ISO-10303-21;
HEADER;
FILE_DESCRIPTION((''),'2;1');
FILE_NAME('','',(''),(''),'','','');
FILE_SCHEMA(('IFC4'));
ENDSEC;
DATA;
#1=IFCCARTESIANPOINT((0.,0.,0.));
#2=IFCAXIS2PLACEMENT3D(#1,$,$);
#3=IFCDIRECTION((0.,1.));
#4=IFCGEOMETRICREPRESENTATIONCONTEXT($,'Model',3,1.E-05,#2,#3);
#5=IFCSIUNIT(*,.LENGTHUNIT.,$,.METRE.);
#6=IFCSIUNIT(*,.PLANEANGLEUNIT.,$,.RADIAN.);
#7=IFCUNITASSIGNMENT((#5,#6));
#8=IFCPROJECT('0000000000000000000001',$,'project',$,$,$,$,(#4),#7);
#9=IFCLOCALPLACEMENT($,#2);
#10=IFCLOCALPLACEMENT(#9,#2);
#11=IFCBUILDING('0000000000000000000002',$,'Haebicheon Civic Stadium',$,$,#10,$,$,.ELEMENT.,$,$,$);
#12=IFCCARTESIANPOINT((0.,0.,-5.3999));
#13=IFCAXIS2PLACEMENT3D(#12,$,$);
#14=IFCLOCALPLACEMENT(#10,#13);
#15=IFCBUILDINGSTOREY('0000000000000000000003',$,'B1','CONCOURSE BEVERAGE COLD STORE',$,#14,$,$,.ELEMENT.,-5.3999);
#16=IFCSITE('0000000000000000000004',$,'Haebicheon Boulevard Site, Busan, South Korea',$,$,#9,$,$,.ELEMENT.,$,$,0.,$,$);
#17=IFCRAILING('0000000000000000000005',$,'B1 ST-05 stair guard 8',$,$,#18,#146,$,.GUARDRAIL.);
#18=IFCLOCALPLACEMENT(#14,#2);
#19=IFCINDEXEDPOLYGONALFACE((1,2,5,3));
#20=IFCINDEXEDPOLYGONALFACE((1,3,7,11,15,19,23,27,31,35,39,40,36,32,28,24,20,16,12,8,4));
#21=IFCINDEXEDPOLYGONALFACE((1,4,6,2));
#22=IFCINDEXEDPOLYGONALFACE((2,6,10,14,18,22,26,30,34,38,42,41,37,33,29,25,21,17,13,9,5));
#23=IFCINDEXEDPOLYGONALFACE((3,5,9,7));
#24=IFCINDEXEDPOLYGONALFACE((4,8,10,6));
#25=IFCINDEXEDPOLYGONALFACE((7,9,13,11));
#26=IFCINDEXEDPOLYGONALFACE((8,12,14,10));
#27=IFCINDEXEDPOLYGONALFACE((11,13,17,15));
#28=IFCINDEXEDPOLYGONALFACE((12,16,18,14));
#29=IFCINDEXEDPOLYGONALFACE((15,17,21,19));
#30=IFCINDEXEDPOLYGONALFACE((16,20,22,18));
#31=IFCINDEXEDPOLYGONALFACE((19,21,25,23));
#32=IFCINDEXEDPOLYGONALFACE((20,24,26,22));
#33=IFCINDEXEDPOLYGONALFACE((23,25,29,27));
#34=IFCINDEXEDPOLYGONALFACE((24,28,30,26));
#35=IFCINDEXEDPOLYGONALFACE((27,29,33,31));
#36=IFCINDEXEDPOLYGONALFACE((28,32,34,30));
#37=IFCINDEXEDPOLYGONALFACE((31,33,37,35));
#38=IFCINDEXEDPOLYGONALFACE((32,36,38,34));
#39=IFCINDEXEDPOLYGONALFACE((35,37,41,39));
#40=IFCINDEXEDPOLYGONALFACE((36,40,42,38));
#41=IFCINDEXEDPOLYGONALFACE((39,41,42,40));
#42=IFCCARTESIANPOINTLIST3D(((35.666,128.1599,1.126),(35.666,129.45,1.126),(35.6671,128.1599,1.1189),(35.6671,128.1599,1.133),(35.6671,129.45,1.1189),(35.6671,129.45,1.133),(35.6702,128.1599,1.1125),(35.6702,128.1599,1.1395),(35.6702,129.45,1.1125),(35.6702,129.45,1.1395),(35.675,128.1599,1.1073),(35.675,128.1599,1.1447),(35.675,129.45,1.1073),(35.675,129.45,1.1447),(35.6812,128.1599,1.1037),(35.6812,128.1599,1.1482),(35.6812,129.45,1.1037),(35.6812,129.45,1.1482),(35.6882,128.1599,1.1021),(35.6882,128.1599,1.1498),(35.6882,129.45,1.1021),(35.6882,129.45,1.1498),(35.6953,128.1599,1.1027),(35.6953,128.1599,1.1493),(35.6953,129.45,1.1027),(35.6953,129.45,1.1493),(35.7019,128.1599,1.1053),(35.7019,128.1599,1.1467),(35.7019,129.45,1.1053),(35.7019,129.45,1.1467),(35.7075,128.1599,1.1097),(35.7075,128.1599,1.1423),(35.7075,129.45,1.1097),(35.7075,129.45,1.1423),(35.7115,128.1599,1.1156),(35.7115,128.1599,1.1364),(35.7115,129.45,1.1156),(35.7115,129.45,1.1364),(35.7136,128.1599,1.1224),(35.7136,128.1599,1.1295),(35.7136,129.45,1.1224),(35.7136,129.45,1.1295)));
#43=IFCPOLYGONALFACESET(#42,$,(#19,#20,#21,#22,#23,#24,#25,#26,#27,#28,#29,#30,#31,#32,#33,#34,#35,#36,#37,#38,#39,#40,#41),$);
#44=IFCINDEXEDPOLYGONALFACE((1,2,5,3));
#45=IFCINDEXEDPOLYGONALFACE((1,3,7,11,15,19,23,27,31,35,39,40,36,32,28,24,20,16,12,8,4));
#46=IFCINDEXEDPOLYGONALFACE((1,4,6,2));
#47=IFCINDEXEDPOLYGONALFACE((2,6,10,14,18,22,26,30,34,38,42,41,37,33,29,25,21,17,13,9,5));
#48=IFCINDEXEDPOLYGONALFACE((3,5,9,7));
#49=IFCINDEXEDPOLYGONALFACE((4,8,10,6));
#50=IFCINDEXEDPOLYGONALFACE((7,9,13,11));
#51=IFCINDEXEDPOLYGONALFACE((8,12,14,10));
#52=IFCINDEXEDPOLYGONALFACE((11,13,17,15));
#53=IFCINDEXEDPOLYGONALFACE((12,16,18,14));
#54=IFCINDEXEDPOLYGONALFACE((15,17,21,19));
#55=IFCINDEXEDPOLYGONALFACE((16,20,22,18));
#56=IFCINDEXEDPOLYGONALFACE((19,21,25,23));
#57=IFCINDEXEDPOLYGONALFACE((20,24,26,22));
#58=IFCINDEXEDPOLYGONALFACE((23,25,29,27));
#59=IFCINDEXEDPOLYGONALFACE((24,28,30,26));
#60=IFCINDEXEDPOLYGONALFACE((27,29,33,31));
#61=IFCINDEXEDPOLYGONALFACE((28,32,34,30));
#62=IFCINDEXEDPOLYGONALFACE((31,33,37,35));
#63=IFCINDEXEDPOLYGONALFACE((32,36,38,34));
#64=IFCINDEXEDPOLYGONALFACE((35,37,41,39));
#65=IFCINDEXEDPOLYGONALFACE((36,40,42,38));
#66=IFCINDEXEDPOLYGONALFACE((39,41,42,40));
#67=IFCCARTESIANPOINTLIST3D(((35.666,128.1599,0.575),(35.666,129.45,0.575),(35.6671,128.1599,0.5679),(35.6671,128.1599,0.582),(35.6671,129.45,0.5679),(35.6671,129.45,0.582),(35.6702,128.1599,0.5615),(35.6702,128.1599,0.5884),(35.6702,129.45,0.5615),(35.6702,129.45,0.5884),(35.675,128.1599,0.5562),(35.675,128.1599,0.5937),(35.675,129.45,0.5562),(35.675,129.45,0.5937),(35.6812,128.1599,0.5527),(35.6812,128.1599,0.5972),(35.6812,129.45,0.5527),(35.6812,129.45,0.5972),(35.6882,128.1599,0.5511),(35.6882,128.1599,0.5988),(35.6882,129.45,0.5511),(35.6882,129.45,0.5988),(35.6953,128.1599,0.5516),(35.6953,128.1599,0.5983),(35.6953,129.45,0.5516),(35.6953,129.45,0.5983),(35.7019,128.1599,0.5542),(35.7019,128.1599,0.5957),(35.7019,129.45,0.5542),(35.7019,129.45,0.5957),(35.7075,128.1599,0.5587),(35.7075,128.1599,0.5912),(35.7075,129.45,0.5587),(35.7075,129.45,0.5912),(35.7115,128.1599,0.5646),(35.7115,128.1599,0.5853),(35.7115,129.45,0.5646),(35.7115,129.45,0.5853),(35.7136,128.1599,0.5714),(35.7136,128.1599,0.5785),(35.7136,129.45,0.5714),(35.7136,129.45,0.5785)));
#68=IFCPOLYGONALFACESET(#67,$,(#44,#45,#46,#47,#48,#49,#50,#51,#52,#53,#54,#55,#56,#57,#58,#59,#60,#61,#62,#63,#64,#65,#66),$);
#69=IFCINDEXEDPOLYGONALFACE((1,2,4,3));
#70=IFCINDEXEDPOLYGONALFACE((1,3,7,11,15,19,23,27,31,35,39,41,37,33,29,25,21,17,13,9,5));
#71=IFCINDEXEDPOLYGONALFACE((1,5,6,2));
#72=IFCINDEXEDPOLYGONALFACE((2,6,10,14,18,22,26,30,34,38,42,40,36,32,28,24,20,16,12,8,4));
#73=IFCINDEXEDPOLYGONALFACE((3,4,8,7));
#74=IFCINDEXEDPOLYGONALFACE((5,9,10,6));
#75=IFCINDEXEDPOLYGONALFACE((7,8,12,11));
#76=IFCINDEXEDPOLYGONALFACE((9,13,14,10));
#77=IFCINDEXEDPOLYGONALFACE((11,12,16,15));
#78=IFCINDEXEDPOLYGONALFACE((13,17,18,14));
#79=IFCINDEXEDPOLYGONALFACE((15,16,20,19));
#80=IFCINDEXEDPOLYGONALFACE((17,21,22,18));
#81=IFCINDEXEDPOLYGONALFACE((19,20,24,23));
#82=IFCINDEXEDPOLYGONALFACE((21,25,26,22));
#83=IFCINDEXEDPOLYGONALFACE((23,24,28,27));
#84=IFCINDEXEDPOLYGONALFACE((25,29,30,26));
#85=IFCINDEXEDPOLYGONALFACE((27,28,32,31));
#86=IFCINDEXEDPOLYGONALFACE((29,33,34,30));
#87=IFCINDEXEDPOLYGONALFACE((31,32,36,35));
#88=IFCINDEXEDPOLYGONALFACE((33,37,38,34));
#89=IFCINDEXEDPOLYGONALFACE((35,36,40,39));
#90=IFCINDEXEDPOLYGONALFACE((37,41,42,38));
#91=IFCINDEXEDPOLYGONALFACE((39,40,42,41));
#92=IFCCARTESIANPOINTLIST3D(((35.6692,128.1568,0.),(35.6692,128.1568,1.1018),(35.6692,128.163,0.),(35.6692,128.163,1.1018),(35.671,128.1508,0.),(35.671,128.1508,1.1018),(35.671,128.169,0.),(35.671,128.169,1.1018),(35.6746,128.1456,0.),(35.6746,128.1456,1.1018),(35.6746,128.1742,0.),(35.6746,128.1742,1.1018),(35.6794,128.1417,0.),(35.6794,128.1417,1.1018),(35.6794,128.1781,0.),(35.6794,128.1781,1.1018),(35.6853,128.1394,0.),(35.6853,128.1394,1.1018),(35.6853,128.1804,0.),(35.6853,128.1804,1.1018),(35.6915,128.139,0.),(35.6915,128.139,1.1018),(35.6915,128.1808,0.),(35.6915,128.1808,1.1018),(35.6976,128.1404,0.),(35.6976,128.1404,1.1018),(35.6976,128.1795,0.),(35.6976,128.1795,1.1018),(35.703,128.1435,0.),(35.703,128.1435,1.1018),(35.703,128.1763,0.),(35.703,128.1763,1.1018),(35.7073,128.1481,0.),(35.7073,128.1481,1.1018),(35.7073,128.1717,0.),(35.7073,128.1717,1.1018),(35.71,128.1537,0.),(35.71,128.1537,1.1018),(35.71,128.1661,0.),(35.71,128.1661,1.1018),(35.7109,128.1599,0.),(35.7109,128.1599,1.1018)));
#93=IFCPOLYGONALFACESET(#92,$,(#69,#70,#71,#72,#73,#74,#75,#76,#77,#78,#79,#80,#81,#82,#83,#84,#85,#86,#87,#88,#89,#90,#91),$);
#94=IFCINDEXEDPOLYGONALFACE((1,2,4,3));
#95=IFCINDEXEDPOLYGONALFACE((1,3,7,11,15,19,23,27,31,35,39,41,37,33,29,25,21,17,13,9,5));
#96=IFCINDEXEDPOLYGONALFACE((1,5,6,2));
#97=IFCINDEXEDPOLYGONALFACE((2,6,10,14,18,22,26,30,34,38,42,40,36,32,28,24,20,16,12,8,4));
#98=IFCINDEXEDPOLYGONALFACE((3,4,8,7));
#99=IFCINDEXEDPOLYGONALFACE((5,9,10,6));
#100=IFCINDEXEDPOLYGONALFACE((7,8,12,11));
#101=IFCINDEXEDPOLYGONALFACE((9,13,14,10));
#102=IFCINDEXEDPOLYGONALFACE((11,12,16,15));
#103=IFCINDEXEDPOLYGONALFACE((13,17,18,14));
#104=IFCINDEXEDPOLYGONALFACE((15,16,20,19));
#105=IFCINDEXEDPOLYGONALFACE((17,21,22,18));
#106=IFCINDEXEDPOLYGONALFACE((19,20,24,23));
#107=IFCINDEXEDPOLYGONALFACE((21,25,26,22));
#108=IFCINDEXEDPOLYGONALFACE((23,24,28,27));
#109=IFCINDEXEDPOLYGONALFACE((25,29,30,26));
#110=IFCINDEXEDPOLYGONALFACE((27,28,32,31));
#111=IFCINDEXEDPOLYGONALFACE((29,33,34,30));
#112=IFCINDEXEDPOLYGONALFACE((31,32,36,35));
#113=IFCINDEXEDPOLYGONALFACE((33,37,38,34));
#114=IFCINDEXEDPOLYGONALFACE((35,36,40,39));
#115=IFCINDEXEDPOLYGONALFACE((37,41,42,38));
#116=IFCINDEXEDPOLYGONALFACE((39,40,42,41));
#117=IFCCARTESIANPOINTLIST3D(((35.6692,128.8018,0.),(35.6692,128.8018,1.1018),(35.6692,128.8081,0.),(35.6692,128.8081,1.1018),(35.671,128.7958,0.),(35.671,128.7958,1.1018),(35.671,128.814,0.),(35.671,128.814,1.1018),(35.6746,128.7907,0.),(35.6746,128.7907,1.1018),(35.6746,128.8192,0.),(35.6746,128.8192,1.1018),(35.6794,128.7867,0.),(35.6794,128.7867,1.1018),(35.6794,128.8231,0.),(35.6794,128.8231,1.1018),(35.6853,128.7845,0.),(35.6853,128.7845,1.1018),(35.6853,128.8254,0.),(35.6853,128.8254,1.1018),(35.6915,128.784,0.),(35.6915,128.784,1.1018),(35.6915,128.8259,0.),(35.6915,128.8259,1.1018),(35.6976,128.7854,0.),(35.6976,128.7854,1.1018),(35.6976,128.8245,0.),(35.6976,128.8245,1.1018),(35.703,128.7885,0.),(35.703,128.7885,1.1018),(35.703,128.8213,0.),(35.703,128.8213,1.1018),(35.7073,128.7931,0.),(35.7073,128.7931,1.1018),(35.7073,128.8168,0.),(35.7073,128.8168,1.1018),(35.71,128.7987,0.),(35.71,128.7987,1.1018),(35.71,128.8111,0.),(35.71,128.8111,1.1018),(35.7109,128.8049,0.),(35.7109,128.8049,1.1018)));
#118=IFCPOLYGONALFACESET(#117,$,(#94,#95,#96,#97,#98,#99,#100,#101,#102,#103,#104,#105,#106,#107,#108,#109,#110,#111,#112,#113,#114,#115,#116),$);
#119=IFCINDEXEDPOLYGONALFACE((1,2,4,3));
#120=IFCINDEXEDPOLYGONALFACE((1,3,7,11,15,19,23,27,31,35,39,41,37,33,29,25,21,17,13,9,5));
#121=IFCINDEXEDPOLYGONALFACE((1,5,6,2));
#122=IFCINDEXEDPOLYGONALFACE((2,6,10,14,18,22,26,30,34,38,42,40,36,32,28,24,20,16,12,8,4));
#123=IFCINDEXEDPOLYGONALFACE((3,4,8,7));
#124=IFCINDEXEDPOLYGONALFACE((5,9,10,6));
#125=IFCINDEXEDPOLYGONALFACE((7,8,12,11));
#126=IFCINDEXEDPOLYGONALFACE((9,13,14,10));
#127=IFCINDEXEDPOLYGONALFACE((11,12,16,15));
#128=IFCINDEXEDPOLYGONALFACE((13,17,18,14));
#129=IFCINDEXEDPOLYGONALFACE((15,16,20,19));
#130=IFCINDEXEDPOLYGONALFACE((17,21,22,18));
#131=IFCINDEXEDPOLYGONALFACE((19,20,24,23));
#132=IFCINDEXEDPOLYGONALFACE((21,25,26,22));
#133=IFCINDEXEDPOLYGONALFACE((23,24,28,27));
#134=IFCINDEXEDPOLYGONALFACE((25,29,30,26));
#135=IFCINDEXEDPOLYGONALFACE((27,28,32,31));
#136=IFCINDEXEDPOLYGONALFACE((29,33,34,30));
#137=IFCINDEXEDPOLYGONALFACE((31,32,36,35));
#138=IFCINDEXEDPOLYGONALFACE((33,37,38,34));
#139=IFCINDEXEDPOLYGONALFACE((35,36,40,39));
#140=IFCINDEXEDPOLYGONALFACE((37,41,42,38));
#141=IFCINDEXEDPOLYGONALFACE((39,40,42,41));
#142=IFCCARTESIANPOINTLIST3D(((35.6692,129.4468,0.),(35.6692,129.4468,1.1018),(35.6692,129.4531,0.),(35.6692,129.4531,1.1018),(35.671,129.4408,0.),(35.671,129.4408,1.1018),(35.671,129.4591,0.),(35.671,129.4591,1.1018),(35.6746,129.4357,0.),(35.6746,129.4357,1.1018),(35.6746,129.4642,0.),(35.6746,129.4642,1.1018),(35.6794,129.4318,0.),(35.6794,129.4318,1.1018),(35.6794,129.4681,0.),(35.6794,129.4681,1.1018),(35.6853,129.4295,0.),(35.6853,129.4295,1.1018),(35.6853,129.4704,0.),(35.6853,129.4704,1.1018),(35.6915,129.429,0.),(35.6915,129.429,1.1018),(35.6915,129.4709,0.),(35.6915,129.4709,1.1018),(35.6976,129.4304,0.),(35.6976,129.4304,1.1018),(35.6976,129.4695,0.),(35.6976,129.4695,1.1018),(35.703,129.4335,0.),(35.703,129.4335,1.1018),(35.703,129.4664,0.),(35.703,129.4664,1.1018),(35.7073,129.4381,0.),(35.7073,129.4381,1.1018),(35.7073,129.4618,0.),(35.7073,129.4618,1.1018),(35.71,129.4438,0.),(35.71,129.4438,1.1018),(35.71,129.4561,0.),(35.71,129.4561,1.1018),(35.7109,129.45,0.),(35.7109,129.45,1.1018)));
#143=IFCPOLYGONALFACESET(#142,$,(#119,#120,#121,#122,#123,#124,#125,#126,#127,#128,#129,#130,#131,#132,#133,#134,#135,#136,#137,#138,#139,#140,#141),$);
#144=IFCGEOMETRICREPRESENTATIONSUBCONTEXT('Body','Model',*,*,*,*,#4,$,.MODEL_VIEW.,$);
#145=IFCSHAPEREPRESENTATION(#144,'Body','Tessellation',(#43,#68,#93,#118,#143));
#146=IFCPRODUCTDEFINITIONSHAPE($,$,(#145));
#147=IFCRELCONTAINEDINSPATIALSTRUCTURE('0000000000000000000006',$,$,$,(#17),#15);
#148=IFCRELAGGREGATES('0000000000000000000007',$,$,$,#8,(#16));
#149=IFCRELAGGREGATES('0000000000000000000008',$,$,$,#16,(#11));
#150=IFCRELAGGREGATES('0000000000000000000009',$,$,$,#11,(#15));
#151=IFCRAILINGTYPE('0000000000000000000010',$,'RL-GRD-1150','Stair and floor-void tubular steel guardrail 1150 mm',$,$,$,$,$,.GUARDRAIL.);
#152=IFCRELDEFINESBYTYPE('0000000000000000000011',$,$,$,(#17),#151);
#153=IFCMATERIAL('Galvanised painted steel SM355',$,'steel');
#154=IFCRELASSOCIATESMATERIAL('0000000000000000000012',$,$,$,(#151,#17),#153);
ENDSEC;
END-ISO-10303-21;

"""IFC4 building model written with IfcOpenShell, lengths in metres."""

from ifc_helpers import new_model, si_unit, direction, frame, origin, origin_2d, place, context, subcontext, project, spatial, circle, extrude, material, type_object, element, save


model = new_model("IFC4")

# Units and contexts
model_context = context("Model", 3, precision=1e-05, world=origin(), true_north=direction((0.0, 1.0)))
body_context = subcontext(model_context, "Body", "Model", "MODEL_VIEW")
ifc_project = project(units=[si_unit("LENGTHUNIT", "METRE"), si_unit("PLANEANGLEUNIT", "RADIAN")], contexts=[model_context])

# Site, building, storey
site_placement = place(None, origin())
site = spatial("IfcSite", under=ifc_project, at=site_placement, Name="Haebicheon Boulevard Site, Busan, South Korea", CompositionType="ELEMENT", RefElevation=0.0)
building_placement = place(site_placement, origin())
building = spatial("IfcBuilding", under=site, at=building_placement, Name="Haebicheon Civic Stadium", CompositionType="ELEMENT")
storey_placement = place(building_placement, frame((0.0, 0.0, -5.3999)))
storey = spatial("IfcBuildingStorey", under=building, at=storey_placement, Name="B1", Description="CONCOURSE BEVERAGE COLD STORE", CompositionType="ELEMENT", Elevation=-5.3999)

# Railing
ifc_material_1 = material(Name="Galvanised painted steel SM355", Category="steel")
railing_type = type_object("IfcRailingType", Name="RL-GRD-1150", Description="Stair and floor-void tubular steel guardrail 1150 mm", PredefinedType="GUARDRAIL", material=ifc_material_1)
for number, where, name in (
    (1, (35.6899, 128.1599, 0.0), "B1 ST-05 stair guard 8"),
):
    element("IfcRailing", number, at=place(storey_placement, frame(where)), inside=storey, type_object=railing_type, material=ifc_material_1, Name=name, PredefinedType="GUARDRAIL", context=body_context, shape_type="SweptSolid", body=[
        extrude(circle(Radius=0.0239, at=origin_2d()), frame((0.0, 0.0, 1.126), z_axis=(0.0, 1.0, 0.0), x_axis=(-1.0, 0.0, 0.0)), (0.0, 0.0, 1.0), 1.29),
        extrude(circle(Radius=0.0239, at=origin_2d()), frame((0.0, 0.0, 0.575), z_axis=(0.0, 1.0, 0.0), x_axis=(-1.0, 0.0, 0.0)), (0.0, 0.0, 1.0), 1.29),
        extrude(circle(Radius=0.021, at=origin_2d()), origin(), (0.0, 0.0, 1.0), 1.1018),
        extrude(circle(Radius=0.021, at=origin_2d()), frame((0.0, 0.645, 0.0)), (0.0, 0.0, 1.0), 1.1018),
        extrude(circle(Radius=0.021, at=origin_2d()), frame((0.0, 1.29, 0.0)), (0.0, 0.0, 1.0), 1.1018),
    ])

save(model, "model.ifc")
